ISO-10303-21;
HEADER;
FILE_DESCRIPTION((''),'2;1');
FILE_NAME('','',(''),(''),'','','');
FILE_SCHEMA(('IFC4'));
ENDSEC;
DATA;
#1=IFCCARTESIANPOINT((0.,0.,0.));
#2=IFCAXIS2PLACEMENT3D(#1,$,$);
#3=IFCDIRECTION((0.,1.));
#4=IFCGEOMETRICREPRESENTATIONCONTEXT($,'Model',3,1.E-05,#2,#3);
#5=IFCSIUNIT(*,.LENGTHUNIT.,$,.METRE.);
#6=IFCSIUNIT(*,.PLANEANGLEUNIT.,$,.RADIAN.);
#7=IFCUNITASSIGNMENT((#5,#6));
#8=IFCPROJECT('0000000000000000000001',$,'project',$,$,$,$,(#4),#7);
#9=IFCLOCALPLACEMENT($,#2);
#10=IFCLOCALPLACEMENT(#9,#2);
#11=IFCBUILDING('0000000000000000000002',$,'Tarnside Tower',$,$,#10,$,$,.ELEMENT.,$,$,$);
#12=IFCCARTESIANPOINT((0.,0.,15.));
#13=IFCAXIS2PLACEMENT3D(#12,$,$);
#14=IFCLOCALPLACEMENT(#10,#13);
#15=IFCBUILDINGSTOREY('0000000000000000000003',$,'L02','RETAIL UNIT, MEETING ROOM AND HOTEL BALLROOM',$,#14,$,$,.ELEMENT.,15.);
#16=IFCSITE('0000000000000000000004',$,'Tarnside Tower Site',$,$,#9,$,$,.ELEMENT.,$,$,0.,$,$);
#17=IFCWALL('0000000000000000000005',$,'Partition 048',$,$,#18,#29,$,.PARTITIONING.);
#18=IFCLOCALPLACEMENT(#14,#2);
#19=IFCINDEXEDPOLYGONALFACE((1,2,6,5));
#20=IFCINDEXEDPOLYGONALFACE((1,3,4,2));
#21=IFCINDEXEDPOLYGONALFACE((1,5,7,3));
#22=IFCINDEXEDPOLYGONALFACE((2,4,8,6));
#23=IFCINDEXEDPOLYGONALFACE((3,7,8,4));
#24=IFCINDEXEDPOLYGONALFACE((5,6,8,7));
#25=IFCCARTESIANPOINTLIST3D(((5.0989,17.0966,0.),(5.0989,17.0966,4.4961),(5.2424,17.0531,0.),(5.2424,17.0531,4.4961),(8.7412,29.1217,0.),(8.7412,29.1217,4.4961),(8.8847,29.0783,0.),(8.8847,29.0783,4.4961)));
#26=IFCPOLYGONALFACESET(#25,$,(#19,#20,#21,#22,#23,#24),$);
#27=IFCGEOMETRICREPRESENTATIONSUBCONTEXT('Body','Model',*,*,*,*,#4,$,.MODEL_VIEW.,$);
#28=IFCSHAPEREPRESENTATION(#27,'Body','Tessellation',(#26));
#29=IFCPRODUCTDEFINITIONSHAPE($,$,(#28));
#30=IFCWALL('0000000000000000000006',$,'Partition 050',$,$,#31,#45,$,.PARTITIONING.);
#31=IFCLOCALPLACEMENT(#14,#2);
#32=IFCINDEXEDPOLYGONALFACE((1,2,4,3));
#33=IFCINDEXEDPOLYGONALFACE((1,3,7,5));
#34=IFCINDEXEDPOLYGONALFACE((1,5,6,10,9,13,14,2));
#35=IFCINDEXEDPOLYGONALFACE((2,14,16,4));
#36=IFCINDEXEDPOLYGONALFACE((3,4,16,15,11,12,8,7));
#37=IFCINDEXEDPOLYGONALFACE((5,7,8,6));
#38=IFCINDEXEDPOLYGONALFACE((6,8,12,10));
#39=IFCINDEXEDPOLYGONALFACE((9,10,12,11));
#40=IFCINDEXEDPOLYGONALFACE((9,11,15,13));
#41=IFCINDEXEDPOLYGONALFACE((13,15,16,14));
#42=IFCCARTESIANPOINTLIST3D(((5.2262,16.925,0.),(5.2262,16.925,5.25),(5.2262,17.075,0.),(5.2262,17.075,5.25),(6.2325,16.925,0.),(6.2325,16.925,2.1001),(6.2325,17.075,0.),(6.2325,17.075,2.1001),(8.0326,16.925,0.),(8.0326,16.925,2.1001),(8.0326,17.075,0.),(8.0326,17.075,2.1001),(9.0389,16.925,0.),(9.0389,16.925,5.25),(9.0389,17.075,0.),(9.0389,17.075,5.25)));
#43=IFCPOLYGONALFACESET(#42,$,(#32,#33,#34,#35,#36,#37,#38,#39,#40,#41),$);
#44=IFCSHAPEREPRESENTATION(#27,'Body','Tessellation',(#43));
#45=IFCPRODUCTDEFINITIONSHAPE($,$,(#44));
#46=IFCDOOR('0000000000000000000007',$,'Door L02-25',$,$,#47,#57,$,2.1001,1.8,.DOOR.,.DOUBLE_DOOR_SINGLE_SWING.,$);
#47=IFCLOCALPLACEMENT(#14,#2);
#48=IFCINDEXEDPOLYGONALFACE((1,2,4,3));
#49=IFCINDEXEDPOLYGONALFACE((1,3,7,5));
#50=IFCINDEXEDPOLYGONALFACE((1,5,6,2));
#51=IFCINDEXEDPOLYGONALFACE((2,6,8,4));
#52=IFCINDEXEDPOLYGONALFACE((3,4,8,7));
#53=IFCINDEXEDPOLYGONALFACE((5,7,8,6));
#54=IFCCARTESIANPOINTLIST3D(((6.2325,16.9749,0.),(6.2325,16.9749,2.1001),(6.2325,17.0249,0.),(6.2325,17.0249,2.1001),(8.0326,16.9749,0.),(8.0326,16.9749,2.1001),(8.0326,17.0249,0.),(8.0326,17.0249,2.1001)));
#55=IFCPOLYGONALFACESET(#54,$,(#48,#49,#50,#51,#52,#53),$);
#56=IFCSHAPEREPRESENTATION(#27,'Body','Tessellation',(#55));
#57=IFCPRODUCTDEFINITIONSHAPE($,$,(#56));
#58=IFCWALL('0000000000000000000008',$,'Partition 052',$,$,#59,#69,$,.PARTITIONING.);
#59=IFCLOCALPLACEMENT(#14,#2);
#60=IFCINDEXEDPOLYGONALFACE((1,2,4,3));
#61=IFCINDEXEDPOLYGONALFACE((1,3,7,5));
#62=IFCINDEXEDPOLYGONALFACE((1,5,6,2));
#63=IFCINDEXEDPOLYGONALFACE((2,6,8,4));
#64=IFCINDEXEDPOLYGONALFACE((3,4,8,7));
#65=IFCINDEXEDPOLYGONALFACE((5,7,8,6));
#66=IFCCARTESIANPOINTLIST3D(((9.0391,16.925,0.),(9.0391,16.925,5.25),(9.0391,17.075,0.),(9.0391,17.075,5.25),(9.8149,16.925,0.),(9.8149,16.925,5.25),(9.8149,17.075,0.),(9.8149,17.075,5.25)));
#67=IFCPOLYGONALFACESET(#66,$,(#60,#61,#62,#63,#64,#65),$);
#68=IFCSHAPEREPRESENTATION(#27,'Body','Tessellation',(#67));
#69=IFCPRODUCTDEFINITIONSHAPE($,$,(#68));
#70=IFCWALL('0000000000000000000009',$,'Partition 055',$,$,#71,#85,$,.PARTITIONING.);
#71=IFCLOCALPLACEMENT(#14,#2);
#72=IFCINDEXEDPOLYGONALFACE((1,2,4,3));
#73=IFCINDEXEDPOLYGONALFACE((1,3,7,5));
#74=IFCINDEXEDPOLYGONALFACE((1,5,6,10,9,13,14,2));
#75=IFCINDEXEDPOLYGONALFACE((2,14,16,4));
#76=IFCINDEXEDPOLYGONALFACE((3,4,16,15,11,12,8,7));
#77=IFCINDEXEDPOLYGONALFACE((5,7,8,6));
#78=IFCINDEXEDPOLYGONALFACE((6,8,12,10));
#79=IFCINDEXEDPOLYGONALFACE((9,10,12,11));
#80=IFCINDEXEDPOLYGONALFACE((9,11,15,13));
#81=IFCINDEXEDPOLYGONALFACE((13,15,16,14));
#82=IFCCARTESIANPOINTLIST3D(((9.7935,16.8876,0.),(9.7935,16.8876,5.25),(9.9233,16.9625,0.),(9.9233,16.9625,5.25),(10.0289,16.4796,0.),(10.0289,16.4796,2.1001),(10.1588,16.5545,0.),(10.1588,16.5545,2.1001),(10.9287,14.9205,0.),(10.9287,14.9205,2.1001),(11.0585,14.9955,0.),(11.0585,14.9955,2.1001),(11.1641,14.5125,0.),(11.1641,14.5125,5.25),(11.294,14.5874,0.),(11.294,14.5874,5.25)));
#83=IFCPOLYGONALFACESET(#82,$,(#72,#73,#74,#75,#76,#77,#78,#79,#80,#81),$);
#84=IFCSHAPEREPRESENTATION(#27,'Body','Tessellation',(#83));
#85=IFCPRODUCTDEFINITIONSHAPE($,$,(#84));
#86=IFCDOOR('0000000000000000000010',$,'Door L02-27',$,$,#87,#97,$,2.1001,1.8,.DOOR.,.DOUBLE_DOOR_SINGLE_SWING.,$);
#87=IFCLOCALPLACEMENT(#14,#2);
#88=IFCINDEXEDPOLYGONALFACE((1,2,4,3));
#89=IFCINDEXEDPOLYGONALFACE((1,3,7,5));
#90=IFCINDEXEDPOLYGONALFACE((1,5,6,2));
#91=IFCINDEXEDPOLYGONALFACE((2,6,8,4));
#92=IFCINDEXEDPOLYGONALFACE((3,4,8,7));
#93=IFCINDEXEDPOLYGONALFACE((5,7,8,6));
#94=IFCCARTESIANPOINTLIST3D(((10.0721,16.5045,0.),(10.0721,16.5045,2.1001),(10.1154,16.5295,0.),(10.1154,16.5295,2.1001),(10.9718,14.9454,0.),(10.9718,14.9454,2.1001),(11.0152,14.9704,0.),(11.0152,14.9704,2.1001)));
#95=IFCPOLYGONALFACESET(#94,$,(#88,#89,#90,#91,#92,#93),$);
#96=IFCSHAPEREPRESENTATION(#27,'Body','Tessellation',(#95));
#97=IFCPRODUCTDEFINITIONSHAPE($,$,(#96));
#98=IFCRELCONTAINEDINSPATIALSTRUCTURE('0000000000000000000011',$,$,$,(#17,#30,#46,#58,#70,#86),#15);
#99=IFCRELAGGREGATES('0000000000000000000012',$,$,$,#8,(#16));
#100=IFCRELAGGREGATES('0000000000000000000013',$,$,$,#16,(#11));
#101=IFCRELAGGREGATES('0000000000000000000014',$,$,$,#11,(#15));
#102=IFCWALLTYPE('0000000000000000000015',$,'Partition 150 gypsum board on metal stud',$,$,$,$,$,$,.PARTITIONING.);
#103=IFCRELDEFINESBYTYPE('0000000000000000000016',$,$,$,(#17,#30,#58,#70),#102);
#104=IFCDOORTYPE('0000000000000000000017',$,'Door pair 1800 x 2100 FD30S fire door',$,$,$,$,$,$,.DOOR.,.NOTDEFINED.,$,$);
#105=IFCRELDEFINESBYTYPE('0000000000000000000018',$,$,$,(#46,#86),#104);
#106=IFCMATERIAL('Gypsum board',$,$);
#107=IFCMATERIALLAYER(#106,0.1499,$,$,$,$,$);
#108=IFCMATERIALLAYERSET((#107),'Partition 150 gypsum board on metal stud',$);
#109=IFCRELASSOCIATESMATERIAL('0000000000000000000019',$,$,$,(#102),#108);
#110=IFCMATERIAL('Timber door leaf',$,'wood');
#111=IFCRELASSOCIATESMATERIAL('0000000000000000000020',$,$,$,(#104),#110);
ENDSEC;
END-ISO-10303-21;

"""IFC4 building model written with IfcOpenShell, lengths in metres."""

from ifc_helpers import new_model, si_unit, direction, frame, frame_2d, origin, place, context, subcontext, project, spatial, rectangle, extrude, material, layer, layer_set, type_object, element, fill, save


model = new_model("IFC4")

# Units and contexts
model_context = context("Model", 3, precision=1e-05, world=origin(), true_north=direction((0.0, 1.0)))
body_context = subcontext(model_context, "Body", "Model", "MODEL_VIEW")
ifc_project = project(units=[si_unit("LENGTHUNIT", "METRE"), si_unit("PLANEANGLEUNIT", "RADIAN")], contexts=[model_context])

# Site, building, storey
site_placement = place(None, origin())
site = spatial("IfcSite", under=ifc_project, at=site_placement, Name="Tarnside Tower Site", CompositionType="ELEMENT", RefElevation=0.0)
building_placement = place(site_placement, origin())
building = spatial("IfcBuilding", under=site, at=building_placement, Name="Tarnside Tower", CompositionType="ELEMENT")
storey_placement = place(building_placement, frame((0.0, 0.0, 15.0)))
storey = spatial("IfcBuildingStorey", under=building, at=storey_placement, Name="L02", Description="RETAIL UNIT, MEETING ROOM AND HOTEL BALLROOM", CompositionType="ELEMENT", Elevation=15.0)

# Wall
ifc_material_1 = material(Name="Gypsum board")
ifc_layer_1 = layer(ifc_material_1, 0.1499)
ifc_layer_set_1 = layer_set([ifc_layer_1], Name="Partition 150 gypsum board on metal stud")
wall_type = type_object("IfcWallType", Name="Partition 150 gypsum board on metal stud", PredefinedType="PARTITIONING", material=ifc_layer_set_1)
wall_1_placement = place(storey_placement, frame((5.1707, 17.075, 0.0), z_axis=(0.0, 0.0, 1.0), x_axis=(0.289887, 0.957061, 0.0)))
element("IfcWall", 1, at=wall_1_placement, inside=storey, type_object=wall_type, Name="Partition 048", PredefinedType="PARTITIONING", context=body_context, shape_type="SweptSolid", body=[
    extrude(rectangle(XDim=12.5647, YDim=0.1499, at=frame_2d((6.2822, 0.0))), origin(), (0.0, 0.0, 1.0), 4.4961),
])

# Wall, opening, door
wall_2_placement = place(storey_placement, frame((5.2263, 17.0, 0.0), z_axis=(0.0, 0.0, 1.0), x_axis=(1.0, 0.0, 0.0)))
wall_2 = element("IfcWall", 2, at=wall_2_placement, inside=storey, type_object=wall_type, Name="Partition 050", PredefinedType="PARTITIONING", context=body_context, shape_type="SweptSolid", body=[
    extrude(rectangle(XDim=3.8127, YDim=0.1499, at=frame_2d((1.9062, 0.0))), origin(), (0.0, 0.0, 1.0), 5.25),
])
opening_1_placement = place(wall_2_placement, frame((1.0063, 0.0, 0.0)))
opening_1 = element("IfcOpeningElement", 3, at=opening_1_placement, cuts=wall_2, PredefinedType="OPENING", context=body_context, shape_type="SweptSolid", body=[
    extrude(rectangle(XDim=1.8, YDim=2.1001, at=frame_2d((0.8999, 1.05))), frame((0.0, 0.085, 0.0), z_axis=(0.0, -1.0, 0.0), x_axis=(1.0, 0.0, 0.0)), (0.0, 0.0, 1.0), 0.1699),
])
ifc_material_2 = material(Name="Timber door leaf", Category="wood")
door_type = type_object("IfcDoorType", Name="Door pair 1800 x 2100 FD30S fire door", OperationType="NOTDEFINED", PredefinedType="DOOR", material=ifc_material_2)
door_1_placement = place(opening_1_placement, origin())
door_1 = element("IfcDoor", 4, at=door_1_placement, inside=storey, type_object=door_type, Name="Door L02-25", OperationType="DOUBLE_DOOR_SINGLE_SWING", OverallHeight=2.1001, OverallWidth=1.8, PredefinedType="DOOR", context=body_context, shape_type="SweptSolid", body=[
    extrude(rectangle(XDim=1.8, YDim=2.1001, at=frame_2d((0.8999, 1.05))), frame((0.0, 0.0249, 0.0), z_axis=(0.0, -1.0, 0.0), x_axis=(1.0, 0.0, 0.0)), (0.0, 0.0, 1.0), 0.05),
])
fill(opening_1, door_1)

# Wall
wall_3_placement = place(storey_placement, frame((9.8149, 17.0, 0.0), z_axis=(0.0, 0.0, 1.0), x_axis=(-1.0, 0.0, 0.0)))
element("IfcWall", 5, at=wall_3_placement, inside=storey, type_object=wall_type, Name="Partition 052", PredefinedType="PARTITIONING", context=body_context, shape_type="SweptSolid", body=[
    extrude(rectangle(XDim=0.7759, YDim=0.1499, at=frame_2d((0.3879, 0.0))), origin(), (0.0, 0.0, 1.0), 5.25),
])

# Wall, opening, door
wall_4_placement = place(storey_placement, frame((9.8584, 16.925, 0.0), z_axis=(0.0, 0.0, 1.0), x_axis=(0.499835, -0.86612, 0.0)))
wall_4 = element("IfcWall", 6, at=wall_4_placement, inside=storey, type_object=wall_type, Name="Partition 055", PredefinedType="PARTITIONING", context=body_context, shape_type="SweptSolid", body=[
    extrude(rectangle(XDim=2.7422, YDim=0.1499, at=frame_2d((1.3711, 0.0))), origin(), (0.0, 0.0, 1.0), 5.25),
])
opening_2_placement = place(wall_4_placement, frame((0.4712, 0.0, 0.0)))
opening_2 = element("IfcOpeningElement", 7, at=opening_2_placement, cuts=wall_4, PredefinedType="OPENING", context=body_context, shape_type="SweptSolid", body=[
    extrude(rectangle(XDim=1.8, YDim=2.1001, at=frame_2d((0.8999, 1.05))), frame((0.0, 0.085, 0.0), z_axis=(0.0, -1.0, 0.0), x_axis=(1.0, 0.0, 0.0)), (0.0, 0.0, 1.0), 0.1699),
])
door_2_placement = place(opening_2_placement, origin())
door_2 = element("IfcDoor", 8, at=door_2_placement, inside=storey, type_object=door_type, Name="Door L02-27", OperationType="DOUBLE_DOOR_SINGLE_SWING", OverallHeight=2.1001, OverallWidth=1.8, PredefinedType="DOOR", context=body_context, shape_type="SweptSolid", body=[
    extrude(rectangle(XDim=1.8, YDim=2.1001, at=frame_2d((0.8999, 1.05))), frame((0.0, 0.0249, 0.0), z_axis=(0.0, -1.0, 0.0), x_axis=(1.0, 0.0, 0.0)), (0.0, 0.0, 1.0), 0.05),
])
fill(opening_2, door_2)

save(model, "model.ifc")
